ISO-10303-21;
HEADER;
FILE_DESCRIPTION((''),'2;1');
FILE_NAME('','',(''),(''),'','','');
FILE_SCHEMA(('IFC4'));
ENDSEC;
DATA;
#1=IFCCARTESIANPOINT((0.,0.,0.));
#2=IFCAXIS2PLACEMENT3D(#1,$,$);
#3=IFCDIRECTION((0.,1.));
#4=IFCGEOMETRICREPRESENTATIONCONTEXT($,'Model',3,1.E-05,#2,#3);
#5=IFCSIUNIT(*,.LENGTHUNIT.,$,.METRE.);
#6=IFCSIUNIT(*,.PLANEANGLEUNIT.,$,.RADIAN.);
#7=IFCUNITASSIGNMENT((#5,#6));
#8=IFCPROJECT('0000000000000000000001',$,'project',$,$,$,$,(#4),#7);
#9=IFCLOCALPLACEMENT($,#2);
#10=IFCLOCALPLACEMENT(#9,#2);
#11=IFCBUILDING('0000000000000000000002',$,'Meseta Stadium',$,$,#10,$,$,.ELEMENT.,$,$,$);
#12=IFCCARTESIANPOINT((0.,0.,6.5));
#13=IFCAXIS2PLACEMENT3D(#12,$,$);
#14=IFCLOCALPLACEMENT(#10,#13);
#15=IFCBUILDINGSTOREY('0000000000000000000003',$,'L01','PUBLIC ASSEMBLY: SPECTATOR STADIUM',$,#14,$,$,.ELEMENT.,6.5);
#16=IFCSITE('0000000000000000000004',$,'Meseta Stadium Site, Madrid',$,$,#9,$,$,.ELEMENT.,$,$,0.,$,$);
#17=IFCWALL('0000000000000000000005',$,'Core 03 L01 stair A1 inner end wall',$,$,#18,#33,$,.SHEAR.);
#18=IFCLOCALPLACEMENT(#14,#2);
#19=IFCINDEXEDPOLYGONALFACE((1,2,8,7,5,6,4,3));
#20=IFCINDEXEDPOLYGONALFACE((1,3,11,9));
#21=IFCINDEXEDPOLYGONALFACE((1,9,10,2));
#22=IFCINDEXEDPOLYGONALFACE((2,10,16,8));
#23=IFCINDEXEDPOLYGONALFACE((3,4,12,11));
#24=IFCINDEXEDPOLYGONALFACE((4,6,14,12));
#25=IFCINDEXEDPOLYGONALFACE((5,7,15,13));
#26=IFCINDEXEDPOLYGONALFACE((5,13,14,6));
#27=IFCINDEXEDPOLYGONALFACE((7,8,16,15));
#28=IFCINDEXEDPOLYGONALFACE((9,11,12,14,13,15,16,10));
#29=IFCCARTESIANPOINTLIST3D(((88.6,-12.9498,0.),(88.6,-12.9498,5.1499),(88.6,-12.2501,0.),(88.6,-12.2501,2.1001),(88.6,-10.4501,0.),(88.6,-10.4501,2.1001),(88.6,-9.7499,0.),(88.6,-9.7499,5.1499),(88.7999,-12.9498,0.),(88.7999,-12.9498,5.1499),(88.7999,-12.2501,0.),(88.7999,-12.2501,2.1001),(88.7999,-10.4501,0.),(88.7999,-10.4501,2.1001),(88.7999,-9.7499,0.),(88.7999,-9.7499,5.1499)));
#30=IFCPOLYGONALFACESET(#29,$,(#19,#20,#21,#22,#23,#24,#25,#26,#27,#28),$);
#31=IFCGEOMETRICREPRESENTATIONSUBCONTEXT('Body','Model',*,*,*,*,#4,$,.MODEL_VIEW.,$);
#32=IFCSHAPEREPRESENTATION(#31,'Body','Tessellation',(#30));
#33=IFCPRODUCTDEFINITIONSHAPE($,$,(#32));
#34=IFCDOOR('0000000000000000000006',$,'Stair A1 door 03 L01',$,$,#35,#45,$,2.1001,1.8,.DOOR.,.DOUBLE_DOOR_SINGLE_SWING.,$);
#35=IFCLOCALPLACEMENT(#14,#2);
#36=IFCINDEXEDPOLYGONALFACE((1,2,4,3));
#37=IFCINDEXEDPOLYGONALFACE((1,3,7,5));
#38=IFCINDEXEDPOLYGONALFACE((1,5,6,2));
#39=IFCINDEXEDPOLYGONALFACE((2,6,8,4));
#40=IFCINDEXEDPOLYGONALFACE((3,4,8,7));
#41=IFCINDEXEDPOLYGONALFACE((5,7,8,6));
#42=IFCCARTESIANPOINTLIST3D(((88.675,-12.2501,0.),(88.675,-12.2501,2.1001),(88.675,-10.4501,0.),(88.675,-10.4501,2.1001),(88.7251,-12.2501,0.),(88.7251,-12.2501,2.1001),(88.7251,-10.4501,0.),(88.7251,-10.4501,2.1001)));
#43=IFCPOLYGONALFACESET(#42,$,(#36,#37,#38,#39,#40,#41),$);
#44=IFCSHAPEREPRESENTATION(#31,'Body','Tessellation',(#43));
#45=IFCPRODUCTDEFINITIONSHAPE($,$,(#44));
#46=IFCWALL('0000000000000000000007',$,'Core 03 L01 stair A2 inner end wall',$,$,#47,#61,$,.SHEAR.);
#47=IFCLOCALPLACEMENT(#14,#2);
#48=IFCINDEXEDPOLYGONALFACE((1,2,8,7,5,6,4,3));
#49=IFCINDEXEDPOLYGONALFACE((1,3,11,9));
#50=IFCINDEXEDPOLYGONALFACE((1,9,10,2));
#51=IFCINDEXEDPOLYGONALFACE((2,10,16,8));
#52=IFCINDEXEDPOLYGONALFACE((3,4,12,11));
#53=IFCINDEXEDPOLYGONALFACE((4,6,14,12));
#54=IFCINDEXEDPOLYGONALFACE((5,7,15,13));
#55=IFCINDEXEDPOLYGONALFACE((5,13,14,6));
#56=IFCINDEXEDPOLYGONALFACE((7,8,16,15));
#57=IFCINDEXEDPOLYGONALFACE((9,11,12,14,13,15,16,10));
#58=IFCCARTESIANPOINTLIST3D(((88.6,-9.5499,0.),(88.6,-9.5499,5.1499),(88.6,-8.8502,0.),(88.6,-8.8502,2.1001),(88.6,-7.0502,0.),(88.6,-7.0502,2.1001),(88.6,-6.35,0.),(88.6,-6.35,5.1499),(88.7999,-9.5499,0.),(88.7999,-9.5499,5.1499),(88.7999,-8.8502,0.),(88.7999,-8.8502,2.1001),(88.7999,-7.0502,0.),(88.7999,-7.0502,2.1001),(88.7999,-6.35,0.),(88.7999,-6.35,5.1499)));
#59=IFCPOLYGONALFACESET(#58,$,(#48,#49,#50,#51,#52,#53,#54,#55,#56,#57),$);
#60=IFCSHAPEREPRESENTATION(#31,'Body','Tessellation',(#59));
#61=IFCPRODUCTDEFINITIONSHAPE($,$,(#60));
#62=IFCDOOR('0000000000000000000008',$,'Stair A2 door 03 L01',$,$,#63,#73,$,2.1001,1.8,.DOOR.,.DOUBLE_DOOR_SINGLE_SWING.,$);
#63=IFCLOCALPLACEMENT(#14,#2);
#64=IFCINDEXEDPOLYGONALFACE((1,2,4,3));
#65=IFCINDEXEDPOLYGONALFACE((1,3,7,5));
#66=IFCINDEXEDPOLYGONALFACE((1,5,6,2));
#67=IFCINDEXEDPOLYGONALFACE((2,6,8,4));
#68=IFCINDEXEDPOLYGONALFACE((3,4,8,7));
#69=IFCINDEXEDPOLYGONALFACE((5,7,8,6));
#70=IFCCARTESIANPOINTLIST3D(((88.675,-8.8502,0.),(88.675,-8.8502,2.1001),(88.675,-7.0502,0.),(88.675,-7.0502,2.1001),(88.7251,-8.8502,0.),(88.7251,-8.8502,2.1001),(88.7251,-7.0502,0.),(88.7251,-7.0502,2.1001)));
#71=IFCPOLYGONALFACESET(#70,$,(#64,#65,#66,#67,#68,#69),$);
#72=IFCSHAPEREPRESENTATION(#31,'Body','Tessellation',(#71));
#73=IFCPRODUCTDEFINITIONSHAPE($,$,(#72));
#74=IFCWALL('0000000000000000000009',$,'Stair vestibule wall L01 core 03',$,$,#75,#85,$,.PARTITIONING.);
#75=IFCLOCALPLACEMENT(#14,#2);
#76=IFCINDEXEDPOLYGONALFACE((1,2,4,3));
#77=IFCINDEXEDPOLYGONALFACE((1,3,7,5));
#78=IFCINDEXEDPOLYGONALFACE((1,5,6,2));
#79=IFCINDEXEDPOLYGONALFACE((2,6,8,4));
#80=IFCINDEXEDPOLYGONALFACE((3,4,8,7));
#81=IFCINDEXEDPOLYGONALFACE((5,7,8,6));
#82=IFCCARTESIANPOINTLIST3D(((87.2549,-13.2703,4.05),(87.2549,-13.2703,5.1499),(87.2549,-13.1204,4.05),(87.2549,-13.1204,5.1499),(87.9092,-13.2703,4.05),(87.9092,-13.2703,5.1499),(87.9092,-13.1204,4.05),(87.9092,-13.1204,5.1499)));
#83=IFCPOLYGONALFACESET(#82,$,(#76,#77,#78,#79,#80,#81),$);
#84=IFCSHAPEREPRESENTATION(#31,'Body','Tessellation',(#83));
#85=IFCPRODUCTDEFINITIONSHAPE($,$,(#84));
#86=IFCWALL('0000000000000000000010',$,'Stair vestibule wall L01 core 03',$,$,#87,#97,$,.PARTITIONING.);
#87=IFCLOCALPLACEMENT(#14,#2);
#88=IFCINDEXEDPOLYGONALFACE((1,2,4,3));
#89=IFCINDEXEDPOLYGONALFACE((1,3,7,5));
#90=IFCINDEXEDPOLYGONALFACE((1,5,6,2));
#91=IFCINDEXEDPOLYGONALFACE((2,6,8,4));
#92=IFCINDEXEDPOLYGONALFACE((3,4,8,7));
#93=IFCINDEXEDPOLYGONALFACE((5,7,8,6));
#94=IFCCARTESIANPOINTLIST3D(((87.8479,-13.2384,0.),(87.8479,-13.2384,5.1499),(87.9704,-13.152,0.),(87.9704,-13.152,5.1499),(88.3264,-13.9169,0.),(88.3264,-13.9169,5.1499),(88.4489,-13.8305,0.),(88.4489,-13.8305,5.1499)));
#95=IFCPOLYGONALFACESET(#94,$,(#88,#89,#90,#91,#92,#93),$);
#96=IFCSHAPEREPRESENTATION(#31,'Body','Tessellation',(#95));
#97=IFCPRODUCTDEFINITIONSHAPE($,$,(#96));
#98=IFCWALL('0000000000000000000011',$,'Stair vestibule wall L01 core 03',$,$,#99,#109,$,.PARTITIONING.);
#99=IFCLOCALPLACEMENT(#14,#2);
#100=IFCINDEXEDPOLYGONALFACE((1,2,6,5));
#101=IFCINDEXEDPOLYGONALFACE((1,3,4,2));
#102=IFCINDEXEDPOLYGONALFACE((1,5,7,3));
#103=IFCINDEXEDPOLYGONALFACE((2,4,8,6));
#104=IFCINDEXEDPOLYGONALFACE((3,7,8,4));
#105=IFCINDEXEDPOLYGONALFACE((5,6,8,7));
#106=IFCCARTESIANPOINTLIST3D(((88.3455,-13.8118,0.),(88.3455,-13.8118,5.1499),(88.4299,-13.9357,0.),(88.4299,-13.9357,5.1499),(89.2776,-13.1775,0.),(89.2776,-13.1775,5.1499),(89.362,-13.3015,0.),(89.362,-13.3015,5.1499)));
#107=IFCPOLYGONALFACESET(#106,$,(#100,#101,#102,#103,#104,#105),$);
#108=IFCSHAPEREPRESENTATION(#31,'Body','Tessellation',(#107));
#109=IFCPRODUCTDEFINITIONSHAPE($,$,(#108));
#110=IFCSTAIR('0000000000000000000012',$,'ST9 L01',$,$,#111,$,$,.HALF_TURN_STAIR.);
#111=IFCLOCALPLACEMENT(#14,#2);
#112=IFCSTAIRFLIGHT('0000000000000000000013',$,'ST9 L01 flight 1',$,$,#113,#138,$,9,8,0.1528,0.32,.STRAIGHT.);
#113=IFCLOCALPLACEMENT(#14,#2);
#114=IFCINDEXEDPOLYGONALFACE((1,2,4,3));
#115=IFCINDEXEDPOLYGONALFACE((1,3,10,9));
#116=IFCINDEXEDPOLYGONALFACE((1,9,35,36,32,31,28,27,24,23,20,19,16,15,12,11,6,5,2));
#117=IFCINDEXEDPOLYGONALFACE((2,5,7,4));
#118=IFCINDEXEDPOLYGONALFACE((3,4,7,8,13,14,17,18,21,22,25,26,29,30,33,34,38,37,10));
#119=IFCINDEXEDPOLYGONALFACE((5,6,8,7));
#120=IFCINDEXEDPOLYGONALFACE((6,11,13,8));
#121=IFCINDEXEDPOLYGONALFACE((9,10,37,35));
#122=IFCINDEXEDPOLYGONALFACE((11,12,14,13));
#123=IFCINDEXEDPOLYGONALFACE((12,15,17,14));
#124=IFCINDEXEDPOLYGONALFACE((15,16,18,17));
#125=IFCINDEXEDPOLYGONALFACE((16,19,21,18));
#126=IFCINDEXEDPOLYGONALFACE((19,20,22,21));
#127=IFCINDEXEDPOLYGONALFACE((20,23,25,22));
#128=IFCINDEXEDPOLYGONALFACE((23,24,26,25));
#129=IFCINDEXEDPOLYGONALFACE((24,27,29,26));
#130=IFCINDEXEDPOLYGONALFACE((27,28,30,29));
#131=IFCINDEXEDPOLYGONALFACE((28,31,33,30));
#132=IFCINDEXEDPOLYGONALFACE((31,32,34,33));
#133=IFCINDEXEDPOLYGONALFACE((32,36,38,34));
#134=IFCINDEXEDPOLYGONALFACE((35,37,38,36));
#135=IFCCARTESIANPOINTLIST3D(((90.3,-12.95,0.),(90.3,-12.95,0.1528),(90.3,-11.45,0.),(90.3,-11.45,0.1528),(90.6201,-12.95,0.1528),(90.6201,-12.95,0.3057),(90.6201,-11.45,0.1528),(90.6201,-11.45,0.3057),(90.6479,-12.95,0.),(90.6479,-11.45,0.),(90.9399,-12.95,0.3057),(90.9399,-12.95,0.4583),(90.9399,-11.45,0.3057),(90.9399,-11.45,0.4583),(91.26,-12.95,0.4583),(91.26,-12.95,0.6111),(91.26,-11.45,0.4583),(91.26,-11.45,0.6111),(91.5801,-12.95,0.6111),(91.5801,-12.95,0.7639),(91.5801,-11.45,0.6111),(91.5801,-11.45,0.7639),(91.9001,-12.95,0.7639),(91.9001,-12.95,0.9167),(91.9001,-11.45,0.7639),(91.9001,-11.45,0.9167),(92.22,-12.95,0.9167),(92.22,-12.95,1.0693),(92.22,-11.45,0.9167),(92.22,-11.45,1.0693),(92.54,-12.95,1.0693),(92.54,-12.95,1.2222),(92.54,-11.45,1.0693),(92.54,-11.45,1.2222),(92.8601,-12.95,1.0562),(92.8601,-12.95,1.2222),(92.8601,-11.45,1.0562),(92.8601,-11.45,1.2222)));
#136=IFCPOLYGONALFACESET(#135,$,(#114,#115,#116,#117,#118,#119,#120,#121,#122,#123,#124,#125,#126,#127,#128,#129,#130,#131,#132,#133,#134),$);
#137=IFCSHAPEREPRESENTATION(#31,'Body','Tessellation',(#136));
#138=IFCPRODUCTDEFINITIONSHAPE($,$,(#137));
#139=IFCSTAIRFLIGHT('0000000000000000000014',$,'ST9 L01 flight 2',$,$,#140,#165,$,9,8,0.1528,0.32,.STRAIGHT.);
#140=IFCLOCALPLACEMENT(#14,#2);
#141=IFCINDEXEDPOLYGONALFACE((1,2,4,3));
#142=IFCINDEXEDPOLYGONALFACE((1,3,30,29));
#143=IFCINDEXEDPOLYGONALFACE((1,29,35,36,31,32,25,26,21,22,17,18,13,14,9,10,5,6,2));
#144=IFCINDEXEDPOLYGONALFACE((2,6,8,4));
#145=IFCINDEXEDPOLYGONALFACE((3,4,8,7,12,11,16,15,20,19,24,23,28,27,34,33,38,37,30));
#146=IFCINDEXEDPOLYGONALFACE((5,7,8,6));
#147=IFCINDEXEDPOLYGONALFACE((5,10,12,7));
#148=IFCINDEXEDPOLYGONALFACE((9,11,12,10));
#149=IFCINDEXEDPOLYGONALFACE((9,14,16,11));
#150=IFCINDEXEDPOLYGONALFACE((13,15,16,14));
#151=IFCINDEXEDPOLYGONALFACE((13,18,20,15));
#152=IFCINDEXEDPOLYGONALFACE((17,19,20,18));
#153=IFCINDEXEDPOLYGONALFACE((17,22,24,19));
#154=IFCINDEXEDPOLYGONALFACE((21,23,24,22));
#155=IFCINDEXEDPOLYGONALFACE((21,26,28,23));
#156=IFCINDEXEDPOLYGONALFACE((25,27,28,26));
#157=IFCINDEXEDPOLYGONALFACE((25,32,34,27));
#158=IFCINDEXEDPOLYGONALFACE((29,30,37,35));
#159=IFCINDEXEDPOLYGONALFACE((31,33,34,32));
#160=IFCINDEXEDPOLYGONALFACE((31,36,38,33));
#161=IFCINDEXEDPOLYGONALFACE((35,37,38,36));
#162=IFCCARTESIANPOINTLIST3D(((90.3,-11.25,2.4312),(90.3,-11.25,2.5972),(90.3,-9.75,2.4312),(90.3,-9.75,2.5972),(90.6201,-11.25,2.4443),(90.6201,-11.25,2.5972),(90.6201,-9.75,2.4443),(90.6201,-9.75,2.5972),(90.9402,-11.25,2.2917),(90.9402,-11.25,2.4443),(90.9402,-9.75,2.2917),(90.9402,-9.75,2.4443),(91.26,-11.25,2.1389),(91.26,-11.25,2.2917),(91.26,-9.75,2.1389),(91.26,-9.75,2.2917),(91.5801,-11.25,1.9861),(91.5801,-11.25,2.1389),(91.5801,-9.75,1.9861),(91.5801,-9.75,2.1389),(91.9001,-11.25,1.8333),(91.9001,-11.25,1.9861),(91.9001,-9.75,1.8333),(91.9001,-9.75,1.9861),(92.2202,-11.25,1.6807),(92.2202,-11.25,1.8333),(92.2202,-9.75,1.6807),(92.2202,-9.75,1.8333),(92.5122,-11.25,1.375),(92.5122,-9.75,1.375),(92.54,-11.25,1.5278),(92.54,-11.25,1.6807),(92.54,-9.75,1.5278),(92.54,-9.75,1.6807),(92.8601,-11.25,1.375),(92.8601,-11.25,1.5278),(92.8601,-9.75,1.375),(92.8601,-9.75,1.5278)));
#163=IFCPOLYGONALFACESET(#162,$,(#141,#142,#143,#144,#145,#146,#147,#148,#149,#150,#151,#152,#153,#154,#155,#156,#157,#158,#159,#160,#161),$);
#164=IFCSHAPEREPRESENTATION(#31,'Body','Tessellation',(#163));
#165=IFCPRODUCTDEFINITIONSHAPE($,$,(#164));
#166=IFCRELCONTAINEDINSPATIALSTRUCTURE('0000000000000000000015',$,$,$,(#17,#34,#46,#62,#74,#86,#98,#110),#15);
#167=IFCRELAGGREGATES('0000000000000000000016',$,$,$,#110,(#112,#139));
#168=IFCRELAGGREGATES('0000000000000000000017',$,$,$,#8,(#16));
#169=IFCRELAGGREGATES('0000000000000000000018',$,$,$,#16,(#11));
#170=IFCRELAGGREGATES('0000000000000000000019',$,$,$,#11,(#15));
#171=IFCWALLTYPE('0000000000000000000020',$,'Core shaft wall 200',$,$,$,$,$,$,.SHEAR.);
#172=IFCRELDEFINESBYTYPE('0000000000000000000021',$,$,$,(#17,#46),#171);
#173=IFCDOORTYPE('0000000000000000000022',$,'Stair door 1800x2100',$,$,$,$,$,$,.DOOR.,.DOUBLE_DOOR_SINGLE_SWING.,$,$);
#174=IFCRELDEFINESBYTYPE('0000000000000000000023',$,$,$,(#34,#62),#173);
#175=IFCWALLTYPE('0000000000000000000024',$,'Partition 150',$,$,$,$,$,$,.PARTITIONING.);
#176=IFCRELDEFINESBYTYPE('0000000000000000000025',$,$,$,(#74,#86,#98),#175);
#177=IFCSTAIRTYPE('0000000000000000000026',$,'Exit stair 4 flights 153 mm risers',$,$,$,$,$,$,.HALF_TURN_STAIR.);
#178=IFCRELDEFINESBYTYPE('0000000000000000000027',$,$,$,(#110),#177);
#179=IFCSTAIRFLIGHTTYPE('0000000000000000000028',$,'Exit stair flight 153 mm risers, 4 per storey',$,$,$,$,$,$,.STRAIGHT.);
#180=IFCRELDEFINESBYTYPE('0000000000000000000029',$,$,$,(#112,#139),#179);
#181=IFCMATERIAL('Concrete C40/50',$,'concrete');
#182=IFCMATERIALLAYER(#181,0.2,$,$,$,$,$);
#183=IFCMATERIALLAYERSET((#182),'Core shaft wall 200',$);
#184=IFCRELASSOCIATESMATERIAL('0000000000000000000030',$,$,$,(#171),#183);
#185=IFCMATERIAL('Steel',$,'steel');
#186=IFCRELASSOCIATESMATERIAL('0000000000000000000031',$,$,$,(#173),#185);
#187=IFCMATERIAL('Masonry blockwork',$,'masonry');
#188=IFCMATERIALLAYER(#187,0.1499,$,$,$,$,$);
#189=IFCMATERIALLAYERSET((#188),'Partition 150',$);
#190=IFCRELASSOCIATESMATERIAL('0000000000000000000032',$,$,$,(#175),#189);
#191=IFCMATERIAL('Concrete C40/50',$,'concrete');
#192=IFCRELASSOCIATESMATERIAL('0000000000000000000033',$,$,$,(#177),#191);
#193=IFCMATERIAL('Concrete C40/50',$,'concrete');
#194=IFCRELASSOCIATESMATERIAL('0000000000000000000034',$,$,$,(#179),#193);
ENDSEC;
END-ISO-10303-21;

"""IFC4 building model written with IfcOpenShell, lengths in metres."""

from ifc_helpers import new_model, si_unit, direction, frame, frame_2d, origin, place, context, subcontext, project, spatial, polyline, rectangle, outline, extrude, material, layer, layer_set, type_object, element, fill, aggregate, save


model = new_model("IFC4")

# Units and contexts
model_context = context("Model", 3, precision=1e-05, world=origin(), true_north=direction((0.0, 1.0)))
body_context = subcontext(model_context, "Body", "Model", "MODEL_VIEW")
ifc_project = project(units=[si_unit("LENGTHUNIT", "METRE"), si_unit("PLANEANGLEUNIT", "RADIAN")], contexts=[model_context])

# Site, building, storey
site_placement = place(None, origin())
site = spatial("IfcSite", under=ifc_project, at=site_placement, Name="Meseta Stadium Site, Madrid", CompositionType="ELEMENT", RefElevation=0.0)
building_placement = place(site_placement, origin())
building = spatial("IfcBuilding", under=site, at=building_placement, Name="Meseta Stadium", CompositionType="ELEMENT")
storey_placement = place(building_placement, frame((0.0, 0.0, 6.5)))
storey = spatial("IfcBuildingStorey", under=building, at=storey_placement, Name="L01", Description="PUBLIC ASSEMBLY: SPECTATOR STADIUM", CompositionType="ELEMENT", Elevation=6.5)

# Walls, openings, doors
ifc_material_1 = material(Name="Concrete C40/50", Category="concrete")
ifc_layer_1 = layer(ifc_material_1, 0.2)
ifc_layer_set_1 = layer_set([ifc_layer_1], Name="Core shaft wall 200")
wall_type_1 = type_object("IfcWallType", Name="Core shaft wall 200", PredefinedType="SHEAR", material=ifc_layer_set_1)
wall_1_placement = place(storey_placement, frame((88.7, -12.95, 0.0), z_axis=(0.0, 0.0, 1.0), x_axis=(0.0, 1.0, 0.0)))
wall_1 = element("IfcWall", 1, at=wall_1_placement, inside=storey, type_object=wall_type_1, Name="Core 03 L01 stair A1 inner end wall", PredefinedType="SHEAR", context=body_context, shape_type="SweptSolid", body=[
    extrude(rectangle(XDim=3.2, YDim=0.2, at=frame_2d((1.6001, 0.0))), origin(), (0.0, 0.0, 1.0), 5.1499),
])
opening_1_placement = place(wall_1_placement, frame((0.7, 0.0, 0.0)))
opening_1 = element("IfcOpeningElement", 2, at=opening_1_placement, cuts=wall_1, PredefinedType="OPENING", context=body_context, shape_type="SweptSolid", body=[
    extrude(rectangle(XDim=1.8, YDim=2.1001, at=frame_2d((0.8999, 1.05))), frame((0.0, 0.1099, 0.0), z_axis=(0.0, -1.0, 0.0), x_axis=(1.0, 0.0, 0.0)), (0.0, 0.0, 1.0), 0.22),
])
ifc_material_2 = material(Name="Steel", Category="steel")
door_type = type_object("IfcDoorType", Name="Stair door 1800x2100", OperationType="DOUBLE_DOOR_SINGLE_SWING", PredefinedType="DOOR", material=ifc_material_2)
door_1_placement = place(opening_1_placement, origin())
door_1 = element("IfcDoor", 3, at=door_1_placement, inside=storey, type_object=door_type, Name="Stair A1 door 03 L01", OperationType="DOUBLE_DOOR_SINGLE_SWING", OverallHeight=2.1001, OverallWidth=1.8, PredefinedType="DOOR", context=body_context, shape_type="SweptSolid", body=[
    extrude(rectangle(XDim=1.8, YDim=2.1001, at=frame_2d((0.8999, 1.05))), frame((0.0, 0.0249, 0.0), z_axis=(0.0, -1.0, 0.0), x_axis=(1.0, 0.0, 0.0)), (0.0, 0.0, 1.0), 0.05),
])
fill(opening_1, door_1)
wall_2_placement = place(storey_placement, frame((88.7, -9.55, 0.0), z_axis=(0.0, 0.0, 1.0), x_axis=(0.0, 1.0, 0.0)))
wall_2 = element("IfcWall", 4, at=wall_2_placement, inside=storey, type_object=wall_type_1, Name="Core 03 L01 stair A2 inner end wall", PredefinedType="SHEAR", context=body_context, shape_type="SweptSolid", body=[
    extrude(rectangle(XDim=3.2, YDim=0.2, at=frame_2d((1.6001, 0.0))), origin(), (0.0, 0.0, 1.0), 5.1499),
])
opening_2_placement = place(wall_2_placement, frame((0.7, 0.0, 0.0)))
opening_2 = element("IfcOpeningElement", 5, at=opening_2_placement, cuts=wall_2, PredefinedType="OPENING", context=body_context, shape_type="SweptSolid", body=[
    extrude(rectangle(XDim=1.8, YDim=2.1001, at=frame_2d((0.8999, 1.05))), frame((0.0, 0.1099, 0.0), z_axis=(0.0, -1.0, 0.0), x_axis=(1.0, 0.0, 0.0)), (0.0, 0.0, 1.0), 0.22),
])
door_2_placement = place(opening_2_placement, origin())
door_2 = element("IfcDoor", 6, at=door_2_placement, inside=storey, type_object=door_type, Name="Stair A2 door 03 L01", OperationType="DOUBLE_DOOR_SINGLE_SWING", OverallHeight=2.1001, OverallWidth=1.8, PredefinedType="DOOR", context=body_context, shape_type="SweptSolid", body=[
    extrude(rectangle(XDim=1.8, YDim=2.1001, at=frame_2d((0.8999, 1.05))), frame((0.0, 0.0249, 0.0), z_axis=(0.0, -1.0, 0.0), x_axis=(1.0, 0.0, 0.0)), (0.0, 0.0, 1.0), 0.05),
])
fill(opening_2, door_2)

# Walls
ifc_material_3 = material(Name="Masonry blockwork", Category="masonry")
ifc_layer_2 = layer(ifc_material_3, 0.1499)
ifc_layer_set_2 = layer_set([ifc_layer_2], Name="Partition 150")
wall_type_2 = type_object("IfcWallType", Name="Partition 150", PredefinedType="PARTITIONING", material=ifc_layer_set_2)
wall_3_placement = place(storey_placement, frame((87.2549, -13.1953, 4.05), z_axis=(0.0, 0.0, 1.0), x_axis=(1.0, 0.0, 0.0)))
element("IfcWall", 7, at=wall_3_placement, inside=storey, type_object=wall_type_2, Name="Stair vestibule wall L01 core 03", PredefinedType="PARTITIONING", context=body_context, shape_type="SweptSolid", body=[
    extrude(rectangle(XDim=0.6543, YDim=0.1499, at=frame_2d((0.3271, 0.0))), origin(), (0.0, 0.0, 1.0), 1.0999),
])
wall_4_placement = place(storey_placement, frame((87.9092, -13.1953, 0.0), z_axis=(0.0, 0.0, 1.0), x_axis=(0.57636, -0.817196, 0.0)))
element("IfcWall", 8, at=wall_4_placement, inside=storey, type_object=wall_type_2, Name="Stair vestibule wall L01 core 03", PredefinedType="PARTITIONING", context=body_context, shape_type="SweptSolid", body=[
    extrude(rectangle(XDim=0.8303, YDim=0.1499, at=frame_2d((0.415, 0.0))), origin(), (0.0, 0.0, 1.0), 5.1499),
])
wall_5_placement = place(storey_placement, frame((88.3877, -13.8738, 0.0), z_axis=(0.0, 0.0, 1.0), x_axis=(0.826749, 0.562571, 0.0)))
element("IfcWall", 9, at=wall_5_placement, inside=storey, type_object=wall_type_2, Name="Stair vestibule wall L01 core 03", PredefinedType="PARTITIONING", context=body_context, shape_type="SweptSolid", body=[
    extrude(rectangle(XDim=1.1274, YDim=0.1499, at=frame_2d((0.5637, 0.0))), origin(), (0.0, 0.0, 1.0), 5.1499),
])

# Stair, stair flights
ifc_material_4 = material(Name="Concrete C40/50", Category="concrete")
stair_type = type_object("IfcStairType", Name="Exit stair 4 flights 153 mm risers", PredefinedType="HALF_TURN_STAIR", material=ifc_material_4)
stair_1_placement = place(storey_placement, origin())
stair_1 = element("IfcStair", 10, at=stair_1_placement, inside=storey, type_object=stair_type, Name="ST9 L01", PredefinedType="HALF_TURN_STAIR")
ifc_material_5 = material(Name="Concrete C40/50", Category="concrete")
stair_flight_type = type_object("IfcStairFlightType", Name="Exit stair flight 153 mm risers, 4 per storey", PredefinedType="STRAIGHT", material=ifc_material_5)
stair_flight_1_placement = place(storey_placement, frame((90.3, -12.2, 0.0), z_axis=(0.0, 0.0, 1.0), x_axis=(1.0, 0.0, 0.0)))
stair_flight_1 = element("IfcStairFlight", 11, at=stair_flight_1_placement, type_object=stair_flight_type, Name="ST9 L01 flight 1", NumberOfRisers=9, NumberOfTreads=8, PredefinedType="STRAIGHT", RiserHeight=0.1528, TreadLength=0.32, context=body_context, shape_type="SweptSolid", body=[
    extrude(outline(polyline([(0.0, 0.0), (0.0, 0.1528), (0.3201, 0.1528), (0.3201, 0.3057), (0.6399, 0.3057), (0.6399, 0.4583), (0.96, 0.4583), (0.96, 0.6111), (1.28, 0.6111), (1.28, 0.7639), (1.6001, 0.7639), (1.6001, 0.9167), (1.9199, 0.9167), (1.9199, 1.0693), (2.24, 1.0693), (2.24, 1.2222), (2.5601, 1.2222), (2.5601, 1.0562), (0.3479, 0.0), (0.0, 0.0)])), frame((0.0, 0.75, 0.0), z_axis=(0.0, -1.0, 0.0), x_axis=(1.0, 0.0, 0.0)), (0.0, 0.0, 1.0), 1.5),
])
stair_flight_2_placement = place(storey_placement, frame((92.8601, -10.5, 1.375), z_axis=(0.0, 0.0, 1.0), x_axis=(-1.0, 0.0, 0.0)))
stair_flight_2 = element("IfcStairFlight", 12, at=stair_flight_2_placement, type_object=stair_flight_type, Name="ST9 L01 flight 2", NumberOfRisers=9, NumberOfTreads=8, PredefinedType="STRAIGHT", RiserHeight=0.1528, TreadLength=0.32, context=body_context, shape_type="SweptSolid", body=[
    extrude(outline(polyline([(0.0, 0.0), (0.0, 0.1528), (0.3201, 0.1528), (0.3201, 0.3057), (0.6399, 0.3057), (0.6399, 0.4583), (0.96, 0.4583), (0.96, 0.6111), (1.28, 0.6111), (1.28, 0.7639), (1.6001, 0.7639), (1.6001, 0.9167), (1.9199, 0.9167), (1.9199, 1.0693), (2.24, 1.0693), (2.24, 1.2222), (2.5601, 1.2222), (2.5601, 1.0562), (0.3479, 0.0), (0.0, 0.0)])), frame((0.0, 0.75, 0.0), z_axis=(0.0, -1.0, 0.0), x_axis=(1.0, 0.0, 0.0)), (0.0, 0.0, 1.0), 1.5),
])
aggregate(stair_1, [stair_flight_1, stair_flight_2])

save(model, "model.ifc")
